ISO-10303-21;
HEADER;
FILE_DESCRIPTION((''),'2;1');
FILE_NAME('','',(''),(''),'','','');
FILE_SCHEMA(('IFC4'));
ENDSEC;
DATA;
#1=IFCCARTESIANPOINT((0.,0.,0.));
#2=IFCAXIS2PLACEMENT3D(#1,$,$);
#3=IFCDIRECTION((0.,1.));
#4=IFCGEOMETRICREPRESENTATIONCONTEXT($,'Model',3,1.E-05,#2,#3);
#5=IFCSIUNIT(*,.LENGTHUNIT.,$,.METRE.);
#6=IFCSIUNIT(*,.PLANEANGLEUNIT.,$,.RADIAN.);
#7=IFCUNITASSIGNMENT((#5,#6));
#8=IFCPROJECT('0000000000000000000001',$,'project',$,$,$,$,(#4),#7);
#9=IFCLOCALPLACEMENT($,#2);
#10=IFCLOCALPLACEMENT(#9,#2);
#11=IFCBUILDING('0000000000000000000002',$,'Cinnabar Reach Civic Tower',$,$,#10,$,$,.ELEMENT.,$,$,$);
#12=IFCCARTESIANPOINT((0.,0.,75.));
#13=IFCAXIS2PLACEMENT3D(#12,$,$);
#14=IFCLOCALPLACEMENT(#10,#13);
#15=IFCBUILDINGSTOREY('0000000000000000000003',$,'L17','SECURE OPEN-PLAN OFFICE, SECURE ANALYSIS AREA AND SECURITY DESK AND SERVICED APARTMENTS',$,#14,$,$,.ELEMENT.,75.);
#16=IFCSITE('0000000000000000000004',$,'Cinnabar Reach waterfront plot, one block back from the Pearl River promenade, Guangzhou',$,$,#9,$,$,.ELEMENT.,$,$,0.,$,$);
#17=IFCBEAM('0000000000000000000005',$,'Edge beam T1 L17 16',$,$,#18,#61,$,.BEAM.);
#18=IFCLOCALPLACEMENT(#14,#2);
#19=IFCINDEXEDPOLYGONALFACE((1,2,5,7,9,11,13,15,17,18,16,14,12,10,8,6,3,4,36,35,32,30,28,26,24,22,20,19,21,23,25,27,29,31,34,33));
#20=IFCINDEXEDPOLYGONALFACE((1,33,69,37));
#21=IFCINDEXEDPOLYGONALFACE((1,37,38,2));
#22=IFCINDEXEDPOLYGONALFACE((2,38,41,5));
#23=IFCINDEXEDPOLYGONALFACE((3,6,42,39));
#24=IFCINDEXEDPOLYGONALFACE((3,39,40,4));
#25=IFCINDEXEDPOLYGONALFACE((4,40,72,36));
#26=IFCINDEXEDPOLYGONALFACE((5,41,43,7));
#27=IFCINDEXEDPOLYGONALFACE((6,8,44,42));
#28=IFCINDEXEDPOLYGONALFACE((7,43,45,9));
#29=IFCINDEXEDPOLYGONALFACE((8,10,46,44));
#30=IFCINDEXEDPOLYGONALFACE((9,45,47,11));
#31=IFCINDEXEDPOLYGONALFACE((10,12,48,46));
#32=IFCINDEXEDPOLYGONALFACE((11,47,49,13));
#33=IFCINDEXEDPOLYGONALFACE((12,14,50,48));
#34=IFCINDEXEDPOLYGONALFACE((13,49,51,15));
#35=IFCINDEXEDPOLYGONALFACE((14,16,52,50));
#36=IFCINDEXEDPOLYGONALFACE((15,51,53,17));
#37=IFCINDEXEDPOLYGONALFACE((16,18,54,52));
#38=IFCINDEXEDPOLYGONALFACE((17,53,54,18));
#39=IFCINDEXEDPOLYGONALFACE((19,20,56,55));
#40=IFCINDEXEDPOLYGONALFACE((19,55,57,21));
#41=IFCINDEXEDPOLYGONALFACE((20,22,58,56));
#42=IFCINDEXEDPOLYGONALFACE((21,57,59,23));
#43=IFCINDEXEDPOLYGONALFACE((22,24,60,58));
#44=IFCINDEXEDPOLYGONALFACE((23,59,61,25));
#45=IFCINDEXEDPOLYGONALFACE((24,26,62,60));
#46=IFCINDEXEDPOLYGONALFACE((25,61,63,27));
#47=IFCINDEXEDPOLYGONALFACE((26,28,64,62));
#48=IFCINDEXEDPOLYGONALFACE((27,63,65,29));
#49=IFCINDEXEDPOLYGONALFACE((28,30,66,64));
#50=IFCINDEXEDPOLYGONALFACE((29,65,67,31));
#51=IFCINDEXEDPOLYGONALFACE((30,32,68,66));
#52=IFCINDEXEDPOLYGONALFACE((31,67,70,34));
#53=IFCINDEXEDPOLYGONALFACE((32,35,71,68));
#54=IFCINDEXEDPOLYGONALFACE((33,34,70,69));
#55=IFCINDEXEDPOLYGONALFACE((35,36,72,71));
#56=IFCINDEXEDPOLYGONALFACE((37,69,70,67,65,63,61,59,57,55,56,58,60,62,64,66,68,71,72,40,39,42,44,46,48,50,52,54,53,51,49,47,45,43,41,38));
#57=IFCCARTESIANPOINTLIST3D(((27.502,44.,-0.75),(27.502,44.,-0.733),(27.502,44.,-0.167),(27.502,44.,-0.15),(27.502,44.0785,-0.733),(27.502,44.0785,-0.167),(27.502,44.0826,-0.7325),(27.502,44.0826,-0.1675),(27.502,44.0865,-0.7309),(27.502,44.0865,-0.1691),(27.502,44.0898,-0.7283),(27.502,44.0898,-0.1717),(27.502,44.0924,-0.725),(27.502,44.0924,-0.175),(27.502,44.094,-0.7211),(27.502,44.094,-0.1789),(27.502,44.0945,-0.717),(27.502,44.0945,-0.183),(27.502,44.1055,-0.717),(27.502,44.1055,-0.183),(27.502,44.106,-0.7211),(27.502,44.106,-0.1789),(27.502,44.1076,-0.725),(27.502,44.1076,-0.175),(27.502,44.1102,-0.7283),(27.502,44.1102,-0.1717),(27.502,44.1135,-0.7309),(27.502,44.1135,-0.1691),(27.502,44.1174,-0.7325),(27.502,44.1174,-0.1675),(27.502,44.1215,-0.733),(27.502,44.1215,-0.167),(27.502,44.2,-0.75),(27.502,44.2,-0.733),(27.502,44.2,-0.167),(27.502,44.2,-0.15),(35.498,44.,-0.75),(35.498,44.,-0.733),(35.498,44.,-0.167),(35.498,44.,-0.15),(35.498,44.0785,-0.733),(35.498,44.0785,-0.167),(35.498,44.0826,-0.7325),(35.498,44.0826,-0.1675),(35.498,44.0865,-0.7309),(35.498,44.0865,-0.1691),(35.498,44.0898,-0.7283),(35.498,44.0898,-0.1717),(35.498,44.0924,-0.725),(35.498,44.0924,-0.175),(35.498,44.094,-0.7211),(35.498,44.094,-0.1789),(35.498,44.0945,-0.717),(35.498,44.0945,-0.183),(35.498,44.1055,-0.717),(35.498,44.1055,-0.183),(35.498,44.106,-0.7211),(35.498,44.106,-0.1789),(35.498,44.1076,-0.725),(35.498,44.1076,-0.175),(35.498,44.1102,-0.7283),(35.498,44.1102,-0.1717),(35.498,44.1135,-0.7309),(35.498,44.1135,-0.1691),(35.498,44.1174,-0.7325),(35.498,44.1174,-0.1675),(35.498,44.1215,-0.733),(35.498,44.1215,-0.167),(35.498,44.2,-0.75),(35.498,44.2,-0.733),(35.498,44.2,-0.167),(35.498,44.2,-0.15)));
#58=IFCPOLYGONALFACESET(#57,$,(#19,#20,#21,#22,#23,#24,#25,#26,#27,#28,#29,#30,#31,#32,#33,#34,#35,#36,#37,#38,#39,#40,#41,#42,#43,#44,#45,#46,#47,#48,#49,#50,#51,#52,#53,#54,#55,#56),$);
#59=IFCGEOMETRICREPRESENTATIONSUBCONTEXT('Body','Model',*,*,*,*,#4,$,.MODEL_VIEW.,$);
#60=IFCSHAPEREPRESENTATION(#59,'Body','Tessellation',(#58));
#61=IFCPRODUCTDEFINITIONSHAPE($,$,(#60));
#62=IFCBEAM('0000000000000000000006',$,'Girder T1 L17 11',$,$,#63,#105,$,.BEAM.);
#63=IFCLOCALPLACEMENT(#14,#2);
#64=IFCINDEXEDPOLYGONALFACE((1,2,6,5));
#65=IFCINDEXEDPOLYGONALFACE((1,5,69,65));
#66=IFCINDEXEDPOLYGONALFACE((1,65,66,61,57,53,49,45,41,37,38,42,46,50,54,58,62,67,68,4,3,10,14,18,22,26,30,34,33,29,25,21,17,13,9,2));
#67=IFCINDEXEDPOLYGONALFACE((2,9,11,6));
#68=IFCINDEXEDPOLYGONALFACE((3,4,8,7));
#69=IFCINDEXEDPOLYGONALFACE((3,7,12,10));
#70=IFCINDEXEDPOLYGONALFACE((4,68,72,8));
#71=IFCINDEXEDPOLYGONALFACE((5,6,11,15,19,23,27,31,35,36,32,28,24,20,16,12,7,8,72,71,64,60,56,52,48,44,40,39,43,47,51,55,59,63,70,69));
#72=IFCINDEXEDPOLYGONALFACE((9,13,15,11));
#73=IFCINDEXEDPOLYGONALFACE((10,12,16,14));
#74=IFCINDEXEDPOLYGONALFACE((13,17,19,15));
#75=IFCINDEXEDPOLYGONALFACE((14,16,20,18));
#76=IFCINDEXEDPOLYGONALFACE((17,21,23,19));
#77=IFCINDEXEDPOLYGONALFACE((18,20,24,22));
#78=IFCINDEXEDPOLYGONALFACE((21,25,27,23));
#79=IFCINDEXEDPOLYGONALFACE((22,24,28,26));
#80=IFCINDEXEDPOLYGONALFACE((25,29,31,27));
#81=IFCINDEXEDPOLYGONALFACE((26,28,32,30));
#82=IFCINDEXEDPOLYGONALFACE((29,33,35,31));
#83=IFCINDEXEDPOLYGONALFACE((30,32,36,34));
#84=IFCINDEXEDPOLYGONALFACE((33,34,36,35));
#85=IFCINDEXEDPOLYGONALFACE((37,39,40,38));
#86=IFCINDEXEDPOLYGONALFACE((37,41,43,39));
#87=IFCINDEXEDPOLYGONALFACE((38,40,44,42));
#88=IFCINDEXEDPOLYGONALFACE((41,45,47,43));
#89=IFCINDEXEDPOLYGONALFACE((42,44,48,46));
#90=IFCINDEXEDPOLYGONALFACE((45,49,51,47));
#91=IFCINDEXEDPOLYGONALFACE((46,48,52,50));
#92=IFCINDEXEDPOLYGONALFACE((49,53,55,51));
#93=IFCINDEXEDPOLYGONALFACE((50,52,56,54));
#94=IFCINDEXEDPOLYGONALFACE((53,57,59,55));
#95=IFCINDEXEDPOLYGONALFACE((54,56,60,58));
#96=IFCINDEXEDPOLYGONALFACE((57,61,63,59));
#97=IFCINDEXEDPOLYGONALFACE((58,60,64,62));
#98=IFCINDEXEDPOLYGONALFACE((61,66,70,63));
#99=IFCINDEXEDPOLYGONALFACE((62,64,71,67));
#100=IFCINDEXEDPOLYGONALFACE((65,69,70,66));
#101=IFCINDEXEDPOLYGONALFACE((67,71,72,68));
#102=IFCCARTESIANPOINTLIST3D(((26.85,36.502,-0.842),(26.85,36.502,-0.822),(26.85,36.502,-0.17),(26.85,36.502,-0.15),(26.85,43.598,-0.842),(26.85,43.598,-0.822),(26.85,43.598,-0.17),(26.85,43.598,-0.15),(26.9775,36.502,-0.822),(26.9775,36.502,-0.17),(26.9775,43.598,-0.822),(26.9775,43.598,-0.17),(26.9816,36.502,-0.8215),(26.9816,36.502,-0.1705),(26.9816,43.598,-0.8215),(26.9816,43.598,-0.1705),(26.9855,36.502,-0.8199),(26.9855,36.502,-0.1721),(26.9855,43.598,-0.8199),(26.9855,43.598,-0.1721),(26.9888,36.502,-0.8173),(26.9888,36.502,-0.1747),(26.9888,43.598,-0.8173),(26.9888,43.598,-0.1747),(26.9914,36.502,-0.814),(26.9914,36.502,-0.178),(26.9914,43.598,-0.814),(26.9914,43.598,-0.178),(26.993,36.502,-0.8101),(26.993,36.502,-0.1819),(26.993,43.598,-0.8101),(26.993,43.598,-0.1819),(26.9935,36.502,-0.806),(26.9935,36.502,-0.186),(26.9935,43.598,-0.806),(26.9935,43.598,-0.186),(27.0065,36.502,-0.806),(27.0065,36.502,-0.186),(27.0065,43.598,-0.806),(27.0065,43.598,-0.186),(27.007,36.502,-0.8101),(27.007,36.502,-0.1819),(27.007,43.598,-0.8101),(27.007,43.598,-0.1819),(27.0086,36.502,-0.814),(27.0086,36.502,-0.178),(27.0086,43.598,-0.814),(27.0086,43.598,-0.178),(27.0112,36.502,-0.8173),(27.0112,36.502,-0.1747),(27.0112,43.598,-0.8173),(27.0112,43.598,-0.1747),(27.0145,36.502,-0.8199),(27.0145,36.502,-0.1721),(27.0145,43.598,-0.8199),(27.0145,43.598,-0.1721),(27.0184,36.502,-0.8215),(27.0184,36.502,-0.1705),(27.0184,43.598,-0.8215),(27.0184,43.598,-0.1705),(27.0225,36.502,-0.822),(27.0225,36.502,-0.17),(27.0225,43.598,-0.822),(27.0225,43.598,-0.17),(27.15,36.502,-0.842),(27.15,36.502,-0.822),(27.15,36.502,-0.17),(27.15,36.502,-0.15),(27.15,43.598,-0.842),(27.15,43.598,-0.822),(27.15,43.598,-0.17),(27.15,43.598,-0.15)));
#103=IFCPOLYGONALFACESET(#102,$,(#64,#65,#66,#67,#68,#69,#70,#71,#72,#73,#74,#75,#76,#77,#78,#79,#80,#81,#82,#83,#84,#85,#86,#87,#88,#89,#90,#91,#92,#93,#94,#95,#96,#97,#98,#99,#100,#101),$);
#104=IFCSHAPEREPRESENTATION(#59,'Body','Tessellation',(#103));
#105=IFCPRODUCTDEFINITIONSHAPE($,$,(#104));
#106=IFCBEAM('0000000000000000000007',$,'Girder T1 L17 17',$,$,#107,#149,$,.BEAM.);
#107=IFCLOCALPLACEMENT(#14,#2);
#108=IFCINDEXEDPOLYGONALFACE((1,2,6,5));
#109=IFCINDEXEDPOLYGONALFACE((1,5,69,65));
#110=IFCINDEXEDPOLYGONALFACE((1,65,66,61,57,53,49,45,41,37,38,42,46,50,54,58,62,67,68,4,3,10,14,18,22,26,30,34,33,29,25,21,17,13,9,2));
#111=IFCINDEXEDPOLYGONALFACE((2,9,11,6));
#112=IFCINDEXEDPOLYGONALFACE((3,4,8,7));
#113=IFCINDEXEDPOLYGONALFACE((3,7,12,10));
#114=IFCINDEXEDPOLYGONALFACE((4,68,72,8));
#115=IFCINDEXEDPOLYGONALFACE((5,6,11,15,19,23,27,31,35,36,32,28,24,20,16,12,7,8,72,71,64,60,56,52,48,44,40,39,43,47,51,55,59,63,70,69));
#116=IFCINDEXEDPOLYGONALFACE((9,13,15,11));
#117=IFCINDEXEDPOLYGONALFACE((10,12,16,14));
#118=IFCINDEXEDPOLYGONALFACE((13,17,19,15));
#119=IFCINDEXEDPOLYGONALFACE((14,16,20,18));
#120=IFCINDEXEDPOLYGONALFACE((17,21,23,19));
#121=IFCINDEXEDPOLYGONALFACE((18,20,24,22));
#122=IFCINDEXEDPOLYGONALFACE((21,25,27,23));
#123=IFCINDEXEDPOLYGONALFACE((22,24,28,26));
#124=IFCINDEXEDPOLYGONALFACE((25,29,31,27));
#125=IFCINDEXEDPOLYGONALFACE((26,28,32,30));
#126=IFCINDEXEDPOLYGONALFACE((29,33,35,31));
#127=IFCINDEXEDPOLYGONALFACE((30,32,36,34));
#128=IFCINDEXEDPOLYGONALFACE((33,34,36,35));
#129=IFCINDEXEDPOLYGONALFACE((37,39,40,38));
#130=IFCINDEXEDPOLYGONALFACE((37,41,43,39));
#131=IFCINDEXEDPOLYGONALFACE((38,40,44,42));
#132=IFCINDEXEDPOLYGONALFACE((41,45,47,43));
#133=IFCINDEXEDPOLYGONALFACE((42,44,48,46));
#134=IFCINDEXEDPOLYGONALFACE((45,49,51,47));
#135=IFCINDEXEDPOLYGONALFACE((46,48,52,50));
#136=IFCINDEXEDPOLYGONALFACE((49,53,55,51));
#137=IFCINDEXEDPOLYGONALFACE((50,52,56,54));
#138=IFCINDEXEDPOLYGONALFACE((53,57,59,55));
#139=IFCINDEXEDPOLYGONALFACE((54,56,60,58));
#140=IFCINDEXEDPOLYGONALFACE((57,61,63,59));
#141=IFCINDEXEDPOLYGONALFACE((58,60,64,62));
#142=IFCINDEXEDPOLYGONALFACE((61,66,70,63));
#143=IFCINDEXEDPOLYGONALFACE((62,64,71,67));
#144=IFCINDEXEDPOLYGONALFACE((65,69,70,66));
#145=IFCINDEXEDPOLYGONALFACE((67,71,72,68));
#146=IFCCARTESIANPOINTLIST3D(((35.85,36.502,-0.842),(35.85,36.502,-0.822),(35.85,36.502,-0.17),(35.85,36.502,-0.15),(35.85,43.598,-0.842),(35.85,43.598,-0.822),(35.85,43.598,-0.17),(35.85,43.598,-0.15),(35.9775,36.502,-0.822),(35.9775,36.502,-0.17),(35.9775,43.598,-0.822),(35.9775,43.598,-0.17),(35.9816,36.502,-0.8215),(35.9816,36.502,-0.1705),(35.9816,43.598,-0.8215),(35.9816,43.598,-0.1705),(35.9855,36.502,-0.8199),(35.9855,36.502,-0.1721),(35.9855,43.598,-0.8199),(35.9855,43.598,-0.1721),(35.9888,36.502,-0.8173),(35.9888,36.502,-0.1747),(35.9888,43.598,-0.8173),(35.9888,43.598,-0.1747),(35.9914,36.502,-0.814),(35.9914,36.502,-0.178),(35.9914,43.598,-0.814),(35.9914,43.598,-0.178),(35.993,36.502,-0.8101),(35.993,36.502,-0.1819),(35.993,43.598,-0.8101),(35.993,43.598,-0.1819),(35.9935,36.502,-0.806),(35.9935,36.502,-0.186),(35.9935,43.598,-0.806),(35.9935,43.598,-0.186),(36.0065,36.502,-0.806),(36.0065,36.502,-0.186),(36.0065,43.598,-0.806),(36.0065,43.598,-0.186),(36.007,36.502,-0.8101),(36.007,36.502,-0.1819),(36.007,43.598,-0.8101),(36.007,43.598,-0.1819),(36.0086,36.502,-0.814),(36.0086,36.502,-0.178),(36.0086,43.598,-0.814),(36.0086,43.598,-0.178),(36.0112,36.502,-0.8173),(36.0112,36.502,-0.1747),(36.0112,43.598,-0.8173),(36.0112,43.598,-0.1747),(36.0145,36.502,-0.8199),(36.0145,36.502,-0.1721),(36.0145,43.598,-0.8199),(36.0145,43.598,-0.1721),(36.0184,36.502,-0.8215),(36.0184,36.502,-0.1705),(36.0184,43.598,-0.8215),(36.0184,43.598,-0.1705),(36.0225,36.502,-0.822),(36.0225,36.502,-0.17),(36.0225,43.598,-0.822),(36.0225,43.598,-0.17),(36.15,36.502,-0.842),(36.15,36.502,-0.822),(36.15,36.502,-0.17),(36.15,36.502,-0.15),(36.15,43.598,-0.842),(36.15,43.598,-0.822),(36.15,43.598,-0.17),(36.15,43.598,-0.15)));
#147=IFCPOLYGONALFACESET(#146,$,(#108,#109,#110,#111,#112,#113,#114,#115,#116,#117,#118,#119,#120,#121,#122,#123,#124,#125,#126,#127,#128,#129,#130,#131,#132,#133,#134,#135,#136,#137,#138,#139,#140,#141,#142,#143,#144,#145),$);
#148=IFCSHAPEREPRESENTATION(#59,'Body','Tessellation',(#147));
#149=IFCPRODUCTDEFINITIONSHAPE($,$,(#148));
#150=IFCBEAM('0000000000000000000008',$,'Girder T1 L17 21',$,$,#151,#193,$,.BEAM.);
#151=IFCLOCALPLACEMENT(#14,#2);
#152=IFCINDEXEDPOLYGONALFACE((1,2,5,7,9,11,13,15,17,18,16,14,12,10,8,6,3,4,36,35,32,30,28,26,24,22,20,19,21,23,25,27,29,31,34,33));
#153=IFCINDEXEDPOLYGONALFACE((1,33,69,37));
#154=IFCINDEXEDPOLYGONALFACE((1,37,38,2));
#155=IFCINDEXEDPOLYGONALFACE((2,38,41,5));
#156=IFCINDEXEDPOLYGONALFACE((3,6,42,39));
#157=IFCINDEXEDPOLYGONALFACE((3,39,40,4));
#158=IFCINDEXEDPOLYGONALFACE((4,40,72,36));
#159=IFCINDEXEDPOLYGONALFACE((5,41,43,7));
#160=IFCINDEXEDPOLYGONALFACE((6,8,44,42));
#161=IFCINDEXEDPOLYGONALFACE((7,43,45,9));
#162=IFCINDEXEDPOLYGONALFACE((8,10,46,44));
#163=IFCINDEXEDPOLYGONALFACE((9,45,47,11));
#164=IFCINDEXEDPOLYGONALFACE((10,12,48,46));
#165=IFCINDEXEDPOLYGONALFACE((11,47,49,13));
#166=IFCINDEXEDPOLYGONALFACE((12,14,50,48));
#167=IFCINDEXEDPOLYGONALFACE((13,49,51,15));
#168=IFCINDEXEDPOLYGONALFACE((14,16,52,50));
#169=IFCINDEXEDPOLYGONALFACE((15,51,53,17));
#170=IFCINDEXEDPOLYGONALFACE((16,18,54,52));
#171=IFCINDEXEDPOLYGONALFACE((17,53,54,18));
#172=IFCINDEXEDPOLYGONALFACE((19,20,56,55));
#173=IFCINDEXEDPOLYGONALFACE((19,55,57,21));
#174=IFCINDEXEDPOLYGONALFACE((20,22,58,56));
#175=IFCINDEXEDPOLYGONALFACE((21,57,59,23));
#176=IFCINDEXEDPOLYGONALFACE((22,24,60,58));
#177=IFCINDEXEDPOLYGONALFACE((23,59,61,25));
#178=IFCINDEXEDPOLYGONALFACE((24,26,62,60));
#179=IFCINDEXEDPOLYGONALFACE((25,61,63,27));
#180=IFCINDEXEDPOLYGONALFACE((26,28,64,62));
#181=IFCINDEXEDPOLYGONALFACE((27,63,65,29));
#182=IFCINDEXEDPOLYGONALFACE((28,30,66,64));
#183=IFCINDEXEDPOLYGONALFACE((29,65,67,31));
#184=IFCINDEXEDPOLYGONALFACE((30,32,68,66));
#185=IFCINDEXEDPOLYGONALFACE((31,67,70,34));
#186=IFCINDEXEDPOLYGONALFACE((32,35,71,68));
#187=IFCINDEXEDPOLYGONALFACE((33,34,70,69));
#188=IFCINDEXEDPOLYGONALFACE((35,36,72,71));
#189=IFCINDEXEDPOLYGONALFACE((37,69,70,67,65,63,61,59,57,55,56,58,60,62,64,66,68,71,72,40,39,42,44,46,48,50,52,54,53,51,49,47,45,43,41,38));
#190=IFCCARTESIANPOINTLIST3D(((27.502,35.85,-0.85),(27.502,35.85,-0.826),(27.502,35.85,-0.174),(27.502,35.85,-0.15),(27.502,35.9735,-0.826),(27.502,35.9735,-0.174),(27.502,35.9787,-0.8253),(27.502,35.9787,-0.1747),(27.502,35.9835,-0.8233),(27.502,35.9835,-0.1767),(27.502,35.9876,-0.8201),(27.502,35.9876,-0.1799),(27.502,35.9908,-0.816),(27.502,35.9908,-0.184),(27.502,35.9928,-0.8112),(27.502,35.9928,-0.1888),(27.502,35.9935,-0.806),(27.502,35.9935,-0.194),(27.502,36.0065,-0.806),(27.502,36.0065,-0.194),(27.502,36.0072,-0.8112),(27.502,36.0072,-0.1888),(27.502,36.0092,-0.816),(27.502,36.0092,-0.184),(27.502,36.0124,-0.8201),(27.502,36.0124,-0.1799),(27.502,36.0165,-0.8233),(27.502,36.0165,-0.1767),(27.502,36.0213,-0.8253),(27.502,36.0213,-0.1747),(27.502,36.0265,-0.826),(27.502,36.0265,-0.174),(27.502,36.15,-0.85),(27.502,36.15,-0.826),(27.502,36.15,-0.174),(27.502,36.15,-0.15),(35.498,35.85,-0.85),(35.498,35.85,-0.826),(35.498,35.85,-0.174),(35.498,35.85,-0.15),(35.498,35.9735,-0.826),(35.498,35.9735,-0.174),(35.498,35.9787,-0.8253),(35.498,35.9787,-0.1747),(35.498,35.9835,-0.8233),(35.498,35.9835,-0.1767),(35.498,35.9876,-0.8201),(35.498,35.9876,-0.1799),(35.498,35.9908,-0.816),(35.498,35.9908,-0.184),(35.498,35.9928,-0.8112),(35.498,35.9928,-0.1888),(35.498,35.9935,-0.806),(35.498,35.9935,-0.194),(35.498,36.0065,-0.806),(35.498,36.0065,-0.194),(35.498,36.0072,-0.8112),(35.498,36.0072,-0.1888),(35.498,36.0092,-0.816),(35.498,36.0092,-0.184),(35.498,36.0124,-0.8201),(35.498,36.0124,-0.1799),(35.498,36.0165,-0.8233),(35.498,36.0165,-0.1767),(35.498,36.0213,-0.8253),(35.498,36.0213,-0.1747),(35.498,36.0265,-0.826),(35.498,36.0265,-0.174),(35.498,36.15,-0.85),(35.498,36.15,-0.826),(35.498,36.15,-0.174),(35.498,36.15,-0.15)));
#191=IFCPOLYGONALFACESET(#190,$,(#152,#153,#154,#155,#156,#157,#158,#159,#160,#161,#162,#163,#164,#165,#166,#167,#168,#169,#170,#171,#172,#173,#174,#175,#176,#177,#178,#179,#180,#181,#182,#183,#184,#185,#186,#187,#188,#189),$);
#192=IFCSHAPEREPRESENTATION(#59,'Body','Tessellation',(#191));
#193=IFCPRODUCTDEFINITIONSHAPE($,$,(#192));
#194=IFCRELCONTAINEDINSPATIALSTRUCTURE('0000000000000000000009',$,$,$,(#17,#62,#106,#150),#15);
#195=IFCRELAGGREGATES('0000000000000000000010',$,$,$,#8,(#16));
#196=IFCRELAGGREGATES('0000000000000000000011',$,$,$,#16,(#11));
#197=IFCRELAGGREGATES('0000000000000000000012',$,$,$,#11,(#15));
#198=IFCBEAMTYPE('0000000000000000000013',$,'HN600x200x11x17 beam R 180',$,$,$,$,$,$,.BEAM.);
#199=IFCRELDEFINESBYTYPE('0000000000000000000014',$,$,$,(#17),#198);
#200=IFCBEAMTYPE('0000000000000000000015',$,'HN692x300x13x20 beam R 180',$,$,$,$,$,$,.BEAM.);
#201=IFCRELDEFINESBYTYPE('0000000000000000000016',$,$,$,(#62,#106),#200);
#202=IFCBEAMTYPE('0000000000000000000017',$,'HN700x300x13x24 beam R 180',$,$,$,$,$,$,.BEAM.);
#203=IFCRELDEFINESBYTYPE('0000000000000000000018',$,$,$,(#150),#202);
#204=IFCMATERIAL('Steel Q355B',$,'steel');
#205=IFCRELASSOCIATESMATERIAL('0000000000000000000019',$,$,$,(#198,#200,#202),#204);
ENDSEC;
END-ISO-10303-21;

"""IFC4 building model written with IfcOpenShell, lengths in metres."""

from ifc_helpers import new_model, si_unit, direction, frame, origin, origin_2d, place, context, subcontext, project, spatial, i_section, extrude, material, material_profile, profile_set, type_object, element, save


model = new_model("IFC4")

# Units and contexts
model_context = context("Model", 3, precision=1e-05, world=origin(), true_north=direction((0.0, 1.0)))
body_context = subcontext(model_context, "Body", "Model", "MODEL_VIEW")
ifc_project = project(units=[si_unit("LENGTHUNIT", "METRE"), si_unit("PLANEANGLEUNIT", "RADIAN")], contexts=[model_context])

# Site, building, storey
site_placement = place(None, origin())
site = spatial("IfcSite", under=ifc_project, at=site_placement, Name="Cinnabar Reach waterfront plot, one block back from the Pearl River promenade, Guangzhou", CompositionType="ELEMENT", RefElevation=0.0)
building_placement = place(site_placement, origin())
building = spatial("IfcBuilding", under=site, at=building_placement, Name="Cinnabar Reach Civic Tower", CompositionType="ELEMENT")
storey_placement = place(building_placement, frame((0.0, 0.0, 75.0)))
storey = spatial("IfcBuildingStorey", under=building, at=storey_placement, Name="L17", Description="SECURE OPEN-PLAN OFFICE, SECURE ANALYSIS AREA AND SECURITY DESK AND SERVICED APARTMENTS", CompositionType="ELEMENT", Elevation=75.0)

# Beams
ifc_material_1 = material(Name="Steel Q355B", Category="steel")
ifc_material_profile_1 = material_profile(ifc_material_1, i_section(OverallWidth=0.2, OverallDepth=0.6, WebThickness=0.011, FlangeThickness=0.017, FilletRadius=0.016, at=origin_2d()), Name="HN600x200x11x17")
ifc_profile_set_1 = profile_set([ifc_material_profile_1], Name="Steel Q355B")
beam_type_1 = type_object("IfcBeamType", Name="HN600x200x11x17 beam R 180", PredefinedType="BEAM", material=ifc_profile_set_1)
beam_1_placement = place(storey_placement, frame((35.498, 44.1, -0.45), z_axis=(-1.0, 0.0, 0.0), x_axis=(0.0, -1.0, 0.0)))
element("IfcBeam", 1, at=beam_1_placement, inside=storey, type_object=beam_type_1, Name="Edge beam T1 L17 16", PredefinedType="BEAM", context=body_context, shape_type="SweptSolid", body=[
    extrude(i_section(OverallWidth=0.2, OverallDepth=0.6, WebThickness=0.011, FlangeThickness=0.017, FilletRadius=0.016, at=origin_2d()), origin(), (0.0, 0.0, 1.0), 7.996),
])
ifc_material_profile_2 = material_profile(ifc_material_1, i_section(OverallWidth=0.3, OverallDepth=0.692, WebThickness=0.013, FlangeThickness=0.02, FilletRadius=0.016, at=origin_2d()), Name="HN692x300x13x20")
ifc_profile_set_2 = profile_set([ifc_material_profile_2], Name="Steel Q355B")
beam_type_2 = type_object("IfcBeamType", Name="HN692x300x13x20 beam R 180", PredefinedType="BEAM", material=ifc_profile_set_2)
for number, where, z_axis, x_axis, name in (
    (2, (27.0, 36.502, -0.496), (0.0, 1.0, 0.0), (-1.0, 0.0, 0.0), "Girder T1 L17 11"),
    (3, (36.0, 36.502, -0.496), (0.0, 1.0, 0.0), (-1.0, 0.0, 0.0), "Girder T1 L17 17"),
):
    element("IfcBeam", number, at=place(storey_placement, frame(where, z_axis=z_axis, x_axis=x_axis)), inside=storey, type_object=beam_type_2, Name=name, PredefinedType="BEAM", context=body_context, shape_type="SweptSolid", body=[
        extrude(i_section(OverallWidth=0.3, OverallDepth=0.692, WebThickness=0.013, FlangeThickness=0.02, FilletRadius=0.016, at=origin_2d()), origin(), (0.0, 0.0, 1.0), 7.096),
    ])
ifc_material_profile_3 = material_profile(ifc_material_1, i_section(OverallWidth=0.3, OverallDepth=0.7, WebThickness=0.013, FlangeThickness=0.024, FilletRadius=0.02, at=origin_2d()), Name="HN700x300x13x24")
ifc_profile_set_3 = profile_set([ifc_material_profile_3], Name="Steel Q355B")
beam_type_3 = type_object("IfcBeamType", Name="HN700x300x13x24 beam R 180", PredefinedType="BEAM", material=ifc_profile_set_3)
for number, where, z_axis, x_axis, name in (
    (4, (27.502, 36.0, -0.5), (1.0, 0.0, 0.0), (0.0, 1.0, 0.0), "Girder T1 L17 21"),
):
    element("IfcBeam", number, at=place(storey_placement, frame(where, z_axis=z_axis, x_axis=x_axis)), inside=storey, type_object=beam_type_3, Name=name, PredefinedType="BEAM", context=body_context, shape_type="SweptSolid", body=[
        extrude(i_section(OverallWidth=0.3, OverallDepth=0.7, WebThickness=0.013, FlangeThickness=0.024, FilletRadius=0.02, at=origin_2d()), origin(), (0.0, 0.0, 1.0), 7.996),
    ])

save(model, "model.ifc")
